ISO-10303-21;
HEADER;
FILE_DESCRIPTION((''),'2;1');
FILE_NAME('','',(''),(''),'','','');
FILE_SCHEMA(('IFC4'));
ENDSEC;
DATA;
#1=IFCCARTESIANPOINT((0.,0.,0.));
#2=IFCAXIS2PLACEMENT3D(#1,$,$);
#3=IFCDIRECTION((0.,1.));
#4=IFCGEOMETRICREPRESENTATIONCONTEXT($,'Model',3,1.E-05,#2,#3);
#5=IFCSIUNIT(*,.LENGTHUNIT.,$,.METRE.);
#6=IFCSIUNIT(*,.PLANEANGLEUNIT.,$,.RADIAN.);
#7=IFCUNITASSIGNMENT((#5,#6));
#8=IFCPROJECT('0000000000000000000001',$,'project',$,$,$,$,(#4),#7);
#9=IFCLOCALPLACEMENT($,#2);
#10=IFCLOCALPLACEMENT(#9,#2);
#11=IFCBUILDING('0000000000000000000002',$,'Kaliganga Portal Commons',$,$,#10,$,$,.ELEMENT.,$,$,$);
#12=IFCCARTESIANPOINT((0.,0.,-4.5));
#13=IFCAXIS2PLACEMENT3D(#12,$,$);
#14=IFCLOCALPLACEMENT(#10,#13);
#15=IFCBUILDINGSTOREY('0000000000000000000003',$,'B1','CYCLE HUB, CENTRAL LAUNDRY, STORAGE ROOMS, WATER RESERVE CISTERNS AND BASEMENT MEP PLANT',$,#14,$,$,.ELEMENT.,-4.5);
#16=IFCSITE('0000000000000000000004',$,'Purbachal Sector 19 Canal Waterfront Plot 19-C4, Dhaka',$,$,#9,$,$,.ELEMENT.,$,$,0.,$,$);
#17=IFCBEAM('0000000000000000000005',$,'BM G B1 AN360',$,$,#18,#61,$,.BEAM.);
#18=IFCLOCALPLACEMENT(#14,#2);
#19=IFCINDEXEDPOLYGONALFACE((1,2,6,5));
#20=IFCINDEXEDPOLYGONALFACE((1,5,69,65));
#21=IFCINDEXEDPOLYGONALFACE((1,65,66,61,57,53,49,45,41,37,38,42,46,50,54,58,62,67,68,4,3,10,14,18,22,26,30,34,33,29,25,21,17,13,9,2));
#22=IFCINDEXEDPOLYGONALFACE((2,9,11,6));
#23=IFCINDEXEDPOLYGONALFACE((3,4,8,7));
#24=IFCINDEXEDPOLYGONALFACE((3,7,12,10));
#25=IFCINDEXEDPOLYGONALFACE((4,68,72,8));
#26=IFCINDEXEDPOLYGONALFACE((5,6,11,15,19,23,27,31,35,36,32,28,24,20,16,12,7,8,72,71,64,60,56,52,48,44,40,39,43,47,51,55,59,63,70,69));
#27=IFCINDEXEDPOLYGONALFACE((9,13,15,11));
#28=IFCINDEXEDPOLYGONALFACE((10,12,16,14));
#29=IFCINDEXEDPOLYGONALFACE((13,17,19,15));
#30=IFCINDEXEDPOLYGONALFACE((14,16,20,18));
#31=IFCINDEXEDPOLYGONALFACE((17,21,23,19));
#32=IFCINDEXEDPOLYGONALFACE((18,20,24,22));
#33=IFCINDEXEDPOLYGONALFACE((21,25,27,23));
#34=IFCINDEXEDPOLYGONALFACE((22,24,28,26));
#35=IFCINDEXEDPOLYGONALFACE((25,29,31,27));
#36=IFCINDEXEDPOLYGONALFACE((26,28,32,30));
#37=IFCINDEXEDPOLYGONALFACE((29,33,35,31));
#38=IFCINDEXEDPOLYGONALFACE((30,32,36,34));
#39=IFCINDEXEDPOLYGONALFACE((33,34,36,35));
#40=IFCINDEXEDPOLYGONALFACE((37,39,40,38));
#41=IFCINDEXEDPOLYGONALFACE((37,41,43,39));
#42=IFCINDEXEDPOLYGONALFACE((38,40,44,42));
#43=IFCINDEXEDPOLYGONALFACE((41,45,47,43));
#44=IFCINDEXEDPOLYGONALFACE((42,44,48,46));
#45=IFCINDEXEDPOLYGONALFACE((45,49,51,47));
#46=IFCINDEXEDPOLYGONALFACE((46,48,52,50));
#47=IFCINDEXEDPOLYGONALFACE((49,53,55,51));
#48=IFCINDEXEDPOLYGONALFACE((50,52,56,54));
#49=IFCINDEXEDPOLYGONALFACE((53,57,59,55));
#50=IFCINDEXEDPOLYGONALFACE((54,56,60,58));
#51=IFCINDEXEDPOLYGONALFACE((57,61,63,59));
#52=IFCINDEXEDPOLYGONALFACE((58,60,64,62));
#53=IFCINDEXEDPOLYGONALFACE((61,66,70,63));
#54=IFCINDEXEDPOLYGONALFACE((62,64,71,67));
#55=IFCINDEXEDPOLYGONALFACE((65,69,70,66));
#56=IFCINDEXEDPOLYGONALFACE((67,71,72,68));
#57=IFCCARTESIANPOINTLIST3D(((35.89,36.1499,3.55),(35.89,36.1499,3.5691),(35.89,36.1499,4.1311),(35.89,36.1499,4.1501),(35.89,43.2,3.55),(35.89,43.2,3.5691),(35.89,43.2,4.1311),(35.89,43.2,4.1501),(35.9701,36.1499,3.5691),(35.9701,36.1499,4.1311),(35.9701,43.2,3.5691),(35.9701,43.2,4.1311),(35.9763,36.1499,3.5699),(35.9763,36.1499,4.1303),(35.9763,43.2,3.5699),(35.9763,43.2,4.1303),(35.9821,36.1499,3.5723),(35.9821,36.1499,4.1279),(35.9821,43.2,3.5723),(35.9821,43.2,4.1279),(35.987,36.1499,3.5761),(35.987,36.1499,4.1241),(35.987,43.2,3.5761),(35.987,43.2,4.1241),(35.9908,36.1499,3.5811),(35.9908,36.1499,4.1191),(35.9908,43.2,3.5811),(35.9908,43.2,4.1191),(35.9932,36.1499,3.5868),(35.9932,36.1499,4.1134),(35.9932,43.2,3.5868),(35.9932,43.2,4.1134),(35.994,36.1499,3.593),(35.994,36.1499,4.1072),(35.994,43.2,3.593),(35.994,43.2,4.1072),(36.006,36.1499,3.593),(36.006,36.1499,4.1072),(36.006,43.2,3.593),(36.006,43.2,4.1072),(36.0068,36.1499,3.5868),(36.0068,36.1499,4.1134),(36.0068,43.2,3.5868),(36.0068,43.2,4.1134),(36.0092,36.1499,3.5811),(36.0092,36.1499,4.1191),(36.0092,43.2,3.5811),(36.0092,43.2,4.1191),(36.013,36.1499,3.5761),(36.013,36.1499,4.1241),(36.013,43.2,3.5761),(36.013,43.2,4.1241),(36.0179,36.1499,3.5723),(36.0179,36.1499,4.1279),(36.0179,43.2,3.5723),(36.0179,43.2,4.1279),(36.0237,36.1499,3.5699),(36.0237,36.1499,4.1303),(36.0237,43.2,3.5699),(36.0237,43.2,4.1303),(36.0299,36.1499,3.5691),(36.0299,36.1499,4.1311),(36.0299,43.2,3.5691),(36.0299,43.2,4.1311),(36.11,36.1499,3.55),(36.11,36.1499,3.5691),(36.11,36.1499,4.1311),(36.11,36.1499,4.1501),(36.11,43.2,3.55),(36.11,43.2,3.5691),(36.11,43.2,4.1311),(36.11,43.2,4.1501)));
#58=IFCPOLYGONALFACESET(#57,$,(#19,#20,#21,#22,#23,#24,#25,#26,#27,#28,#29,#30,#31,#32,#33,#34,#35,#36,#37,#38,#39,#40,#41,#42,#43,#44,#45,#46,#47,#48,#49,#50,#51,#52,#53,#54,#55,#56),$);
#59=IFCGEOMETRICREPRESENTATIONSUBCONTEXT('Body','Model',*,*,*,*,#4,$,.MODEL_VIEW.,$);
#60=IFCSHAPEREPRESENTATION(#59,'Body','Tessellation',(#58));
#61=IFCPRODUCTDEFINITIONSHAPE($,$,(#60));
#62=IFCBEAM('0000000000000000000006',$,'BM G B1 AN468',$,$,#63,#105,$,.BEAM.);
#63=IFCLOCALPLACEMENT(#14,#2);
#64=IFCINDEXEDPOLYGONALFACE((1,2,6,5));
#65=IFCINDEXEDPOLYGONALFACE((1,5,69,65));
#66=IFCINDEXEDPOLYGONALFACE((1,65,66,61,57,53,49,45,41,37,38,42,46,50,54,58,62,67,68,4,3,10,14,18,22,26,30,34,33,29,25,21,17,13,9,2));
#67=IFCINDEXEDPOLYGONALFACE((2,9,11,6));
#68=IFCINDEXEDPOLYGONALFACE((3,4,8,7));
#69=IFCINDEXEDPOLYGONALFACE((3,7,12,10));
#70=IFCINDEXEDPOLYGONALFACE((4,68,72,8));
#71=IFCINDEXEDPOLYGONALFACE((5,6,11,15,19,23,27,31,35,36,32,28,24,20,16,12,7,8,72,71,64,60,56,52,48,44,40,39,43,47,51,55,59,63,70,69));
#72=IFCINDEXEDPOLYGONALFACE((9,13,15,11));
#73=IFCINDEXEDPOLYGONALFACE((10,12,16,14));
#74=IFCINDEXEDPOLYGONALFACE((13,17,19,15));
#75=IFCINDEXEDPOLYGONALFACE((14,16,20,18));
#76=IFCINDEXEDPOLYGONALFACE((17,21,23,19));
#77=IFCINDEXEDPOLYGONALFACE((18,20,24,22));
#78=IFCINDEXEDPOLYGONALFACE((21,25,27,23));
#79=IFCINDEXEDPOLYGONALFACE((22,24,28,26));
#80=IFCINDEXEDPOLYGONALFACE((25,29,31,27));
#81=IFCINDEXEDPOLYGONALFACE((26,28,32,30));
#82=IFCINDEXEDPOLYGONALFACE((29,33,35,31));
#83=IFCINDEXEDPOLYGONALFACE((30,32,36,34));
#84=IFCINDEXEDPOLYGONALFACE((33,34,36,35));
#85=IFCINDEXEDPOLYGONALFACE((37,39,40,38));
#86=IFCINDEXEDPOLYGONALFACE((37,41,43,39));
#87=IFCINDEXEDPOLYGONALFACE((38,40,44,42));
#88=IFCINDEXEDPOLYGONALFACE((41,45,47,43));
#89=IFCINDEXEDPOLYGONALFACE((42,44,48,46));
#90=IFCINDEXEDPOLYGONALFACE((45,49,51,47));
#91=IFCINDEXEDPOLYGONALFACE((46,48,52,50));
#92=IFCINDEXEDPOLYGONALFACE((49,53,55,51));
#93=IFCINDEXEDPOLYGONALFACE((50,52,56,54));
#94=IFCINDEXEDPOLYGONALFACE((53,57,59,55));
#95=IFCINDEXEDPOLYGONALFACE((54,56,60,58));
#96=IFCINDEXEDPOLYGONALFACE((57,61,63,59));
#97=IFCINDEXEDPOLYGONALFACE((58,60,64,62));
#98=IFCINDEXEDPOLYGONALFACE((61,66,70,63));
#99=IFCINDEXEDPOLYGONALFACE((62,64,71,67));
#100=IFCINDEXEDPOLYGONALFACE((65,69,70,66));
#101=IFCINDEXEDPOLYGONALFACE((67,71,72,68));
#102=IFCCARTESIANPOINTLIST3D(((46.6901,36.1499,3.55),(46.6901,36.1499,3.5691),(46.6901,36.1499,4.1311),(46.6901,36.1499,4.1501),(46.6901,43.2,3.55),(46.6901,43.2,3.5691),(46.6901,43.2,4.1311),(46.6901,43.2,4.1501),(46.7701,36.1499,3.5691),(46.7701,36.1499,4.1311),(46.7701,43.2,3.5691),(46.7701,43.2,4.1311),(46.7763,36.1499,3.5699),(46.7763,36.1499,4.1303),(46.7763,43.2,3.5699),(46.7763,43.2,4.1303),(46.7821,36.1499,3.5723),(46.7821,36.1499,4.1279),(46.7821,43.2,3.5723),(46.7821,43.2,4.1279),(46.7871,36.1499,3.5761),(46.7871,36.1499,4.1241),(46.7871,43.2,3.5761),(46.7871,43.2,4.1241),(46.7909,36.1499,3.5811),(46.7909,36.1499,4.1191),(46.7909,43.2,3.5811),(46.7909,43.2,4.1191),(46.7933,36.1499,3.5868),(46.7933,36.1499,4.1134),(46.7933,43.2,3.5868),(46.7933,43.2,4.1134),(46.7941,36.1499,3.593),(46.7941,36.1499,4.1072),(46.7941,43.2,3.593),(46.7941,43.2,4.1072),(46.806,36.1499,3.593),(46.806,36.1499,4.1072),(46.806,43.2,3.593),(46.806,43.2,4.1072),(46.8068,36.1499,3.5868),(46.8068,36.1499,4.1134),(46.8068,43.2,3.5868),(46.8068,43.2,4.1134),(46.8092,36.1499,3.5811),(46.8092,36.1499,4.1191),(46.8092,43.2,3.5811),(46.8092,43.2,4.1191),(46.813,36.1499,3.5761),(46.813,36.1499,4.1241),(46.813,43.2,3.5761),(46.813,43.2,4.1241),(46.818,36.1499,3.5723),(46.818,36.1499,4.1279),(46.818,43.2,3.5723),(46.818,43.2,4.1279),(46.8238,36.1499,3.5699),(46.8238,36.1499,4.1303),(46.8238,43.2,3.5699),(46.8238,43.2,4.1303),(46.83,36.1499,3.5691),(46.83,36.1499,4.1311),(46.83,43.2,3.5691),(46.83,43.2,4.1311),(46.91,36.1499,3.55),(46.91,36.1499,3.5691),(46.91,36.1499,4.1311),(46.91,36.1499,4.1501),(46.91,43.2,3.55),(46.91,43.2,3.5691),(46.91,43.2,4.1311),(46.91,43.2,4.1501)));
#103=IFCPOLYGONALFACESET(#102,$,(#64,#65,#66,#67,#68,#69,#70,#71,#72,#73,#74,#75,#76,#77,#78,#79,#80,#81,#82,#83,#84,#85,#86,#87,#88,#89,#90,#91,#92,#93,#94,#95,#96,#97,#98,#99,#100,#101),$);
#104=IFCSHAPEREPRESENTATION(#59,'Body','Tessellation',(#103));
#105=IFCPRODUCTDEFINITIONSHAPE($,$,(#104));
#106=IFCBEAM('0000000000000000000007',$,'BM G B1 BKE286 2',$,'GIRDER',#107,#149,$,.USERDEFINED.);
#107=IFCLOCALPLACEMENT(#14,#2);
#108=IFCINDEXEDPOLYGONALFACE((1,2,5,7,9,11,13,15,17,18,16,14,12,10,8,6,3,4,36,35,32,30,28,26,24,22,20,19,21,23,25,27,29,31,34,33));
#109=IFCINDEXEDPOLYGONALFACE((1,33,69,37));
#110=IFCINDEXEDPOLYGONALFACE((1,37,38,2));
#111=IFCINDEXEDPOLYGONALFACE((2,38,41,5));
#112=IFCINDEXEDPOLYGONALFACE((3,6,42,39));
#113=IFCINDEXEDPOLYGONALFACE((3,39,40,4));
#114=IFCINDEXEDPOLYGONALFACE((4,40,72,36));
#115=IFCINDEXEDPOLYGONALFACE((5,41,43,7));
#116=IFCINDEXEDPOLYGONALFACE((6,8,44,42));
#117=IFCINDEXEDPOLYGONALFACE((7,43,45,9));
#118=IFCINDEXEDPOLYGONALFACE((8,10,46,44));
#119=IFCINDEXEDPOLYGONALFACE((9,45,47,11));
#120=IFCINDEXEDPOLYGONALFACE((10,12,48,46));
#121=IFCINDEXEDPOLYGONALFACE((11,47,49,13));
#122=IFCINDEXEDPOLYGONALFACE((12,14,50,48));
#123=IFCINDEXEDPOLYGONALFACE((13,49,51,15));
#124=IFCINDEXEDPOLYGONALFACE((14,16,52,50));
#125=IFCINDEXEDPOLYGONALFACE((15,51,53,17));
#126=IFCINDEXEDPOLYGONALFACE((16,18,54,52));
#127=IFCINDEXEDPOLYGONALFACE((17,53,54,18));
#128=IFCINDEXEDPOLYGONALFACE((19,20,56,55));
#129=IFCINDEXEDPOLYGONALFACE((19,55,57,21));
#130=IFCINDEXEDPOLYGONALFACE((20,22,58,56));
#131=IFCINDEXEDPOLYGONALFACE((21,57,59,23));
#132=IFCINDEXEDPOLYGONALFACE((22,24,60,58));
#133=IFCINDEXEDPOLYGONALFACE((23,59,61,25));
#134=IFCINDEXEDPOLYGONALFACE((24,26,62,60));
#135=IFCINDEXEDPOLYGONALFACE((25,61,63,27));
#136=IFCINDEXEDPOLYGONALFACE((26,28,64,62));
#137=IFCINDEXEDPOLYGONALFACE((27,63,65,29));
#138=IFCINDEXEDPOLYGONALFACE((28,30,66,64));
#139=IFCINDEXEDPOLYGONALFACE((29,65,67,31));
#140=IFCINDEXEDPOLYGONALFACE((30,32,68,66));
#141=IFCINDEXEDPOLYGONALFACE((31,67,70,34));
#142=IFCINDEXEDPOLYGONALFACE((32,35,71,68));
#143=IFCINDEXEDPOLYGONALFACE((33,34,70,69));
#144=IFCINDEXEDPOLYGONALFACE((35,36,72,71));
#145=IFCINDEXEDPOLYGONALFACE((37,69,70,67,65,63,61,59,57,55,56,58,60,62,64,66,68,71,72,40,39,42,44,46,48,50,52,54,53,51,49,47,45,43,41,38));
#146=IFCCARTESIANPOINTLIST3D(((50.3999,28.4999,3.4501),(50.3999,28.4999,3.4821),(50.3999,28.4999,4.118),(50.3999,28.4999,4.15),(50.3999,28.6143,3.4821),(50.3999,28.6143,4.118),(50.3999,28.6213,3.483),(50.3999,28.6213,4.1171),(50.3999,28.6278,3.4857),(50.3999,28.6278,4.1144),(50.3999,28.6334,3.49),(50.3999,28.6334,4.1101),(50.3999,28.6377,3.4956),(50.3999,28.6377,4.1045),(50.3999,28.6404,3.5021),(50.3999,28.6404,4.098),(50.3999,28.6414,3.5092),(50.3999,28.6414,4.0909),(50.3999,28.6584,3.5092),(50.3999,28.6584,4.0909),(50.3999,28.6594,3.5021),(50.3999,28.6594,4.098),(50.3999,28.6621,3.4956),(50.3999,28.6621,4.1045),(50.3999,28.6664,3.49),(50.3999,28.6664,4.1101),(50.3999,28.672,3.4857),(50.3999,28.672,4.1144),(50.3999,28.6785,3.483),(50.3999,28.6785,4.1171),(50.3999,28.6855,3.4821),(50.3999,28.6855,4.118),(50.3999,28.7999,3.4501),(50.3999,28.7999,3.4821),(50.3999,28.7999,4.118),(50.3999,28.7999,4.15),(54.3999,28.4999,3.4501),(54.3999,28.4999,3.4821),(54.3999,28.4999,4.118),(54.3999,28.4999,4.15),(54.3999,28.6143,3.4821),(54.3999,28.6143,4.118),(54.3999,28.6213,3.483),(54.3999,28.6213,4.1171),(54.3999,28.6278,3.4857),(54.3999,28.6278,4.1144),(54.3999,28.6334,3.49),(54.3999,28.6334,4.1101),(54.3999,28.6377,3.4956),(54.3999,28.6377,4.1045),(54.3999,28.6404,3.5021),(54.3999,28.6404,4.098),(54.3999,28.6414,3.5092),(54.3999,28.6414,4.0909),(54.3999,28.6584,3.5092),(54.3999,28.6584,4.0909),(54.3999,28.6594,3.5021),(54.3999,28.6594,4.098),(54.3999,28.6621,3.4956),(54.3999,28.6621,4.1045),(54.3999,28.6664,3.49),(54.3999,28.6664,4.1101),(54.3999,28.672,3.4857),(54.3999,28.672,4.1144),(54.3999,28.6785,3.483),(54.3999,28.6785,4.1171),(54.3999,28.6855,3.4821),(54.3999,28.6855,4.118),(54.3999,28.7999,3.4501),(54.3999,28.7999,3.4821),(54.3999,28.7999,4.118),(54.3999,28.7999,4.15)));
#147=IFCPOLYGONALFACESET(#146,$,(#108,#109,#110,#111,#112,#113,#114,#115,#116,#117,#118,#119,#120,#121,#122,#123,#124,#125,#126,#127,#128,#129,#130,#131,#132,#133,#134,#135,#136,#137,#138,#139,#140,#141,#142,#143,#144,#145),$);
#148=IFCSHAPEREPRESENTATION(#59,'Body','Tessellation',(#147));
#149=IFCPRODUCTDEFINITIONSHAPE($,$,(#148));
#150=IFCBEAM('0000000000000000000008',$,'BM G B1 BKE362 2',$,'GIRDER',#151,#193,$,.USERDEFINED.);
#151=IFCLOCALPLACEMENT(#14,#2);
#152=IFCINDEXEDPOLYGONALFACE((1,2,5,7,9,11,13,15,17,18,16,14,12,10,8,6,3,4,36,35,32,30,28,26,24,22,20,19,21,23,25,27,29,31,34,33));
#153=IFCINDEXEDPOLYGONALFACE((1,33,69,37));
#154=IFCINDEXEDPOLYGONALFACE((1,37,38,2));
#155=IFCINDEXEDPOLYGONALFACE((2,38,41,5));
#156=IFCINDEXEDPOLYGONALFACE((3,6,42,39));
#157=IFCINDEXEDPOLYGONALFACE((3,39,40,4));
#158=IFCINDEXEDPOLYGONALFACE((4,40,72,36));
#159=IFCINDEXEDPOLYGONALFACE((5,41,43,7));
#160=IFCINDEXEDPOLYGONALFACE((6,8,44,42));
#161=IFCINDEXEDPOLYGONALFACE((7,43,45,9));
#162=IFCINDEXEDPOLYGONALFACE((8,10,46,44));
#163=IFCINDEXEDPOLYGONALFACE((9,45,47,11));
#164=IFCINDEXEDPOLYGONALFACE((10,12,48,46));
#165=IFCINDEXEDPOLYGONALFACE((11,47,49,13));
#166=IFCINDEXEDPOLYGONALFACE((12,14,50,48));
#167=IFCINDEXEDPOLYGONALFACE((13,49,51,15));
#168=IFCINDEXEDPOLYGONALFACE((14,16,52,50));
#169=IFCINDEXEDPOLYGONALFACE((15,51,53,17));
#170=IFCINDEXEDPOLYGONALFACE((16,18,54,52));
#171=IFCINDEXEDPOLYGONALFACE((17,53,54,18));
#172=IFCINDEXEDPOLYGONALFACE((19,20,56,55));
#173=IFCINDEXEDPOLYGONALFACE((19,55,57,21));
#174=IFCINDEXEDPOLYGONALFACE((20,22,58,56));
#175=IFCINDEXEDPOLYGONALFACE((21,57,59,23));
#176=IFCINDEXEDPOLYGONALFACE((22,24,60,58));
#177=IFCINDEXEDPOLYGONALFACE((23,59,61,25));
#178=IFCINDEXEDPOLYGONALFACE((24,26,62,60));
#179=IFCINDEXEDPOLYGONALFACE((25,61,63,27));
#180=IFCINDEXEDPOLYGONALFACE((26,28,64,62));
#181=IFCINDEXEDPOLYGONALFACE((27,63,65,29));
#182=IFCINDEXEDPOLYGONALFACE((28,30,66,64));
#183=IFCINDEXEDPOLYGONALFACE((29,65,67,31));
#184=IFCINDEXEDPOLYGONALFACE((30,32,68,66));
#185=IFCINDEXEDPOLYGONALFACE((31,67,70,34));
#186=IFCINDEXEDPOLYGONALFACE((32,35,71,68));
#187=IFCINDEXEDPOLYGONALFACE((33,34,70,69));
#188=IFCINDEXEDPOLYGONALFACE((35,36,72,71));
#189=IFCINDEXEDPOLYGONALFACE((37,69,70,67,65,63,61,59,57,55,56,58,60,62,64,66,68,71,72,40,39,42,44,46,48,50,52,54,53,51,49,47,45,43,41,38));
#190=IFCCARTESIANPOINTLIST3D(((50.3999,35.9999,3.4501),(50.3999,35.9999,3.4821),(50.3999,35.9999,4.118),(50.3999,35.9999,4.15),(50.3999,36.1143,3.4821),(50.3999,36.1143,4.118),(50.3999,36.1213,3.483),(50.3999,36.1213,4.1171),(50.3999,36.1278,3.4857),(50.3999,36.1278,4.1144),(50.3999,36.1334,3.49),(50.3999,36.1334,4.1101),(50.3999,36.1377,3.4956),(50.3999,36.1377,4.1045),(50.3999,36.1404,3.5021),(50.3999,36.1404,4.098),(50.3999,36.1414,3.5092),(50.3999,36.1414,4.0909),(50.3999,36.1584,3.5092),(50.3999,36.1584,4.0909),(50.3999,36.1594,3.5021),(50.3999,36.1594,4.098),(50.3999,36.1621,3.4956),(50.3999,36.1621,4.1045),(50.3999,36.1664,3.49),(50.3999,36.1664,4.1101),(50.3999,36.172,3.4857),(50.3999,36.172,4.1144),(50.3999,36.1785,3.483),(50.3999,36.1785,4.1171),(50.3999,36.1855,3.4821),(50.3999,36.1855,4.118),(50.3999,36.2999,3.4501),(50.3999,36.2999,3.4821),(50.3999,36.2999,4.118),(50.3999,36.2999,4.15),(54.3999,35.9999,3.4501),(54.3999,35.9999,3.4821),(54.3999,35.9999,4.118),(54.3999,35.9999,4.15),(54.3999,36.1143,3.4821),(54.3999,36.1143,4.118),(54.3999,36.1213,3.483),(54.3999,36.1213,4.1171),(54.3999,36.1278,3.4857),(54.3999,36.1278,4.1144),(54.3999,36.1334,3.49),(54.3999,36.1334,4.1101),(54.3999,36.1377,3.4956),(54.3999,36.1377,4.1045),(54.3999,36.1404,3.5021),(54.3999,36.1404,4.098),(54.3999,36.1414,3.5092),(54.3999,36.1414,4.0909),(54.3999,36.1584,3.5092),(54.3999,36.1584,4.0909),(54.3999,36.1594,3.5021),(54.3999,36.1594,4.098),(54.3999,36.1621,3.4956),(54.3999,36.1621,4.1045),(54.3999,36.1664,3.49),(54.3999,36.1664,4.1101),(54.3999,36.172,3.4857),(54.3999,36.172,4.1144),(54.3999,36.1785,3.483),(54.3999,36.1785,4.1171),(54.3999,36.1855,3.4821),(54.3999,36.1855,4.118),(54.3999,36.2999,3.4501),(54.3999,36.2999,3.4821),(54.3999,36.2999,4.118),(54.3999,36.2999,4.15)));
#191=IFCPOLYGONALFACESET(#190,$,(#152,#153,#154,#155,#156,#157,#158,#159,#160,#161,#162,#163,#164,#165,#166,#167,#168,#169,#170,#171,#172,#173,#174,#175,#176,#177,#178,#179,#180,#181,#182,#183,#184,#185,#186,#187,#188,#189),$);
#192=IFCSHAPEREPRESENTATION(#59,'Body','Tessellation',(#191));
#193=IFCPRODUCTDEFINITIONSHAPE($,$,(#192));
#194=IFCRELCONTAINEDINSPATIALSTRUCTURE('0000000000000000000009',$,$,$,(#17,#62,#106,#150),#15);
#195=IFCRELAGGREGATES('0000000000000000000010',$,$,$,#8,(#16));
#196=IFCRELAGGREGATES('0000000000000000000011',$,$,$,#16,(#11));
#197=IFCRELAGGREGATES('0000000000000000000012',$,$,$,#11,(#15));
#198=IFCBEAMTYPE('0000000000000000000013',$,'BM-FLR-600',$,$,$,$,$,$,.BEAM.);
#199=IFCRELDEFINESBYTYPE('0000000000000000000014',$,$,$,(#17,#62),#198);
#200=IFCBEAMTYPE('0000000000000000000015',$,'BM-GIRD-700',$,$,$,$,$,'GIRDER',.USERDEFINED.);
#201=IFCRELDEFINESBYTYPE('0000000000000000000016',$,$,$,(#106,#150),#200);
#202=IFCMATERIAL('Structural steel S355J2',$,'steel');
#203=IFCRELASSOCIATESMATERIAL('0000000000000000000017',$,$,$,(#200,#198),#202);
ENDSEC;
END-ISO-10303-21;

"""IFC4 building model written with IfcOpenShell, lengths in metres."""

from ifc_helpers import new_model, si_unit, direction, frame, origin, origin_2d, place, context, subcontext, project, spatial, i_section, extrude, source, transform, mapped, material, material_profile, profile_set, type_object, element, save


model = new_model("IFC4")

# Units and contexts
model_context = context("Model", 3, precision=1e-05, world=origin(), true_north=direction((0.0, 1.0)))
body_context = subcontext(model_context, "Body", "Model", "MODEL_VIEW")
ifc_project = project(units=[si_unit("LENGTHUNIT", "METRE"), si_unit("PLANEANGLEUNIT", "RADIAN")], contexts=[model_context])

# Site, building, storey
site_placement = place(None, origin())
site = spatial("IfcSite", under=ifc_project, at=site_placement, Name="Purbachal Sector 19 Canal Waterfront Plot 19-C4, Dhaka", CompositionType="ELEMENT", RefElevation=0.0)
building_placement = place(site_placement, origin())
building = spatial("IfcBuilding", under=site, at=building_placement, Name="Kaliganga Portal Commons", CompositionType="ELEMENT")
storey_placement = place(building_placement, frame((0.0, 0.0, -4.5)))
storey = spatial("IfcBuildingStorey", under=building, at=storey_placement, Name="B1", Description="CYCLE HUB, CENTRAL LAUNDRY, STORAGE ROOMS, WATER RESERVE CISTERNS AND BASEMENT MEP PLANT", CompositionType="ELEMENT", Elevation=-4.5)

# Beams
ifc_material_1 = material(Name="Structural steel S355J2", Category="steel")
ifc_material_profile_1 = material_profile(ifc_material_1, i_section(OverallWidth=0.3, OverallDepth=0.7, WebThickness=0.0171, FlangeThickness=0.032, FilletRadius=0.0271, at=origin_2d()), Name="HE 700 B")
ifc_profile_set_1 = profile_set([ifc_material_profile_1], Name="Structural steel S355J2 wide-flange")
beam_type_1 = type_object("IfcBeamType", Name="BM-GIRD-700", ElementType="GIRDER", PredefinedType="USERDEFINED", material=ifc_profile_set_1)
ifc_material_profile_2 = material_profile(ifc_material_1, i_section(OverallWidth=0.22, OverallDepth=0.6001, WebThickness=0.012, FlangeThickness=0.019, FilletRadius=0.0239, at=origin_2d()), Name="IPE 600")
ifc_profile_set_2 = profile_set([ifc_material_profile_2], Name="Structural steel S355J2 wide-flange")
beam_type_2 = type_object("IfcBeamType", Name="BM-FLR-600", PredefinedType="BEAM", material=ifc_profile_set_2)
shared_shape_1 = source(origin(), body_context, "Body", "SweptSolid", [
    extrude(i_section(OverallWidth=0.22, OverallDepth=0.6001, WebThickness=0.012, FlangeThickness=0.019, FilletRadius=0.0239, at=origin_2d()), origin(), (0.0, 0.0, 1.0), 7.05),
])
for number, where, z_axis, x_axis, name in (
    (1, (36.0, 36.1499, 3.8501), (0.0, 1.0, 0.0), (-1.0, 0.0, 0.0), "BM G B1 AN360"),
    (2, (46.8, 36.1499, 3.8501), (0.0, 1.0, 0.0), (-1.0, 0.0, 0.0), "BM G B1 AN468"),
):
    element("IfcBeam", number, at=place(storey_placement, frame(where, z_axis=z_axis, x_axis=x_axis)), inside=storey, type_object=beam_type_2, Name=name, PredefinedType="BEAM", context=body_context, shape_type="MappedRepresentation", body=[
        mapped(shared_shape_1, transform((0.0, 0.0, 0.0), x_axis=(1.0, 0.0, 0.0), y_axis=(0.0, 1.0, 0.0), z_axis=(0.0, 0.0, 1.0), scale=1.0)),
    ])
shared_shape_2 = source(origin(), body_context, "Body", "SweptSolid", [
    extrude(i_section(OverallWidth=0.3, OverallDepth=0.7, WebThickness=0.0171, FlangeThickness=0.032, FilletRadius=0.0271, at=origin_2d()), origin(), (0.0, 0.0, 1.0), 4.0),
])
for number, where, z_axis, x_axis, name in (
    (3, (50.3999, 28.6499, 3.8), (1.0, 0.0, 0.0), (0.0, 1.0, 0.0), "BM G B1 BKE286 2"),
    (4, (50.3999, 36.1499, 3.8), (1.0, 0.0, 0.0), (0.0, 1.0, 0.0), "BM G B1 BKE362 2"),
):
    element("IfcBeam", number, at=place(storey_placement, frame(where, z_axis=z_axis, x_axis=x_axis)), inside=storey, type_object=beam_type_1, Name=name, ObjectType="GIRDER", PredefinedType="USERDEFINED", context=body_context, shape_type="MappedRepresentation", body=[
        mapped(shared_shape_2, transform((0.0, 0.0, 0.0), x_axis=(1.0, 0.0, 0.0), y_axis=(0.0, 1.0, 0.0), z_axis=(0.0, 0.0, 1.0), scale=1.0)),
    ])

save(model, "model.ifc")
